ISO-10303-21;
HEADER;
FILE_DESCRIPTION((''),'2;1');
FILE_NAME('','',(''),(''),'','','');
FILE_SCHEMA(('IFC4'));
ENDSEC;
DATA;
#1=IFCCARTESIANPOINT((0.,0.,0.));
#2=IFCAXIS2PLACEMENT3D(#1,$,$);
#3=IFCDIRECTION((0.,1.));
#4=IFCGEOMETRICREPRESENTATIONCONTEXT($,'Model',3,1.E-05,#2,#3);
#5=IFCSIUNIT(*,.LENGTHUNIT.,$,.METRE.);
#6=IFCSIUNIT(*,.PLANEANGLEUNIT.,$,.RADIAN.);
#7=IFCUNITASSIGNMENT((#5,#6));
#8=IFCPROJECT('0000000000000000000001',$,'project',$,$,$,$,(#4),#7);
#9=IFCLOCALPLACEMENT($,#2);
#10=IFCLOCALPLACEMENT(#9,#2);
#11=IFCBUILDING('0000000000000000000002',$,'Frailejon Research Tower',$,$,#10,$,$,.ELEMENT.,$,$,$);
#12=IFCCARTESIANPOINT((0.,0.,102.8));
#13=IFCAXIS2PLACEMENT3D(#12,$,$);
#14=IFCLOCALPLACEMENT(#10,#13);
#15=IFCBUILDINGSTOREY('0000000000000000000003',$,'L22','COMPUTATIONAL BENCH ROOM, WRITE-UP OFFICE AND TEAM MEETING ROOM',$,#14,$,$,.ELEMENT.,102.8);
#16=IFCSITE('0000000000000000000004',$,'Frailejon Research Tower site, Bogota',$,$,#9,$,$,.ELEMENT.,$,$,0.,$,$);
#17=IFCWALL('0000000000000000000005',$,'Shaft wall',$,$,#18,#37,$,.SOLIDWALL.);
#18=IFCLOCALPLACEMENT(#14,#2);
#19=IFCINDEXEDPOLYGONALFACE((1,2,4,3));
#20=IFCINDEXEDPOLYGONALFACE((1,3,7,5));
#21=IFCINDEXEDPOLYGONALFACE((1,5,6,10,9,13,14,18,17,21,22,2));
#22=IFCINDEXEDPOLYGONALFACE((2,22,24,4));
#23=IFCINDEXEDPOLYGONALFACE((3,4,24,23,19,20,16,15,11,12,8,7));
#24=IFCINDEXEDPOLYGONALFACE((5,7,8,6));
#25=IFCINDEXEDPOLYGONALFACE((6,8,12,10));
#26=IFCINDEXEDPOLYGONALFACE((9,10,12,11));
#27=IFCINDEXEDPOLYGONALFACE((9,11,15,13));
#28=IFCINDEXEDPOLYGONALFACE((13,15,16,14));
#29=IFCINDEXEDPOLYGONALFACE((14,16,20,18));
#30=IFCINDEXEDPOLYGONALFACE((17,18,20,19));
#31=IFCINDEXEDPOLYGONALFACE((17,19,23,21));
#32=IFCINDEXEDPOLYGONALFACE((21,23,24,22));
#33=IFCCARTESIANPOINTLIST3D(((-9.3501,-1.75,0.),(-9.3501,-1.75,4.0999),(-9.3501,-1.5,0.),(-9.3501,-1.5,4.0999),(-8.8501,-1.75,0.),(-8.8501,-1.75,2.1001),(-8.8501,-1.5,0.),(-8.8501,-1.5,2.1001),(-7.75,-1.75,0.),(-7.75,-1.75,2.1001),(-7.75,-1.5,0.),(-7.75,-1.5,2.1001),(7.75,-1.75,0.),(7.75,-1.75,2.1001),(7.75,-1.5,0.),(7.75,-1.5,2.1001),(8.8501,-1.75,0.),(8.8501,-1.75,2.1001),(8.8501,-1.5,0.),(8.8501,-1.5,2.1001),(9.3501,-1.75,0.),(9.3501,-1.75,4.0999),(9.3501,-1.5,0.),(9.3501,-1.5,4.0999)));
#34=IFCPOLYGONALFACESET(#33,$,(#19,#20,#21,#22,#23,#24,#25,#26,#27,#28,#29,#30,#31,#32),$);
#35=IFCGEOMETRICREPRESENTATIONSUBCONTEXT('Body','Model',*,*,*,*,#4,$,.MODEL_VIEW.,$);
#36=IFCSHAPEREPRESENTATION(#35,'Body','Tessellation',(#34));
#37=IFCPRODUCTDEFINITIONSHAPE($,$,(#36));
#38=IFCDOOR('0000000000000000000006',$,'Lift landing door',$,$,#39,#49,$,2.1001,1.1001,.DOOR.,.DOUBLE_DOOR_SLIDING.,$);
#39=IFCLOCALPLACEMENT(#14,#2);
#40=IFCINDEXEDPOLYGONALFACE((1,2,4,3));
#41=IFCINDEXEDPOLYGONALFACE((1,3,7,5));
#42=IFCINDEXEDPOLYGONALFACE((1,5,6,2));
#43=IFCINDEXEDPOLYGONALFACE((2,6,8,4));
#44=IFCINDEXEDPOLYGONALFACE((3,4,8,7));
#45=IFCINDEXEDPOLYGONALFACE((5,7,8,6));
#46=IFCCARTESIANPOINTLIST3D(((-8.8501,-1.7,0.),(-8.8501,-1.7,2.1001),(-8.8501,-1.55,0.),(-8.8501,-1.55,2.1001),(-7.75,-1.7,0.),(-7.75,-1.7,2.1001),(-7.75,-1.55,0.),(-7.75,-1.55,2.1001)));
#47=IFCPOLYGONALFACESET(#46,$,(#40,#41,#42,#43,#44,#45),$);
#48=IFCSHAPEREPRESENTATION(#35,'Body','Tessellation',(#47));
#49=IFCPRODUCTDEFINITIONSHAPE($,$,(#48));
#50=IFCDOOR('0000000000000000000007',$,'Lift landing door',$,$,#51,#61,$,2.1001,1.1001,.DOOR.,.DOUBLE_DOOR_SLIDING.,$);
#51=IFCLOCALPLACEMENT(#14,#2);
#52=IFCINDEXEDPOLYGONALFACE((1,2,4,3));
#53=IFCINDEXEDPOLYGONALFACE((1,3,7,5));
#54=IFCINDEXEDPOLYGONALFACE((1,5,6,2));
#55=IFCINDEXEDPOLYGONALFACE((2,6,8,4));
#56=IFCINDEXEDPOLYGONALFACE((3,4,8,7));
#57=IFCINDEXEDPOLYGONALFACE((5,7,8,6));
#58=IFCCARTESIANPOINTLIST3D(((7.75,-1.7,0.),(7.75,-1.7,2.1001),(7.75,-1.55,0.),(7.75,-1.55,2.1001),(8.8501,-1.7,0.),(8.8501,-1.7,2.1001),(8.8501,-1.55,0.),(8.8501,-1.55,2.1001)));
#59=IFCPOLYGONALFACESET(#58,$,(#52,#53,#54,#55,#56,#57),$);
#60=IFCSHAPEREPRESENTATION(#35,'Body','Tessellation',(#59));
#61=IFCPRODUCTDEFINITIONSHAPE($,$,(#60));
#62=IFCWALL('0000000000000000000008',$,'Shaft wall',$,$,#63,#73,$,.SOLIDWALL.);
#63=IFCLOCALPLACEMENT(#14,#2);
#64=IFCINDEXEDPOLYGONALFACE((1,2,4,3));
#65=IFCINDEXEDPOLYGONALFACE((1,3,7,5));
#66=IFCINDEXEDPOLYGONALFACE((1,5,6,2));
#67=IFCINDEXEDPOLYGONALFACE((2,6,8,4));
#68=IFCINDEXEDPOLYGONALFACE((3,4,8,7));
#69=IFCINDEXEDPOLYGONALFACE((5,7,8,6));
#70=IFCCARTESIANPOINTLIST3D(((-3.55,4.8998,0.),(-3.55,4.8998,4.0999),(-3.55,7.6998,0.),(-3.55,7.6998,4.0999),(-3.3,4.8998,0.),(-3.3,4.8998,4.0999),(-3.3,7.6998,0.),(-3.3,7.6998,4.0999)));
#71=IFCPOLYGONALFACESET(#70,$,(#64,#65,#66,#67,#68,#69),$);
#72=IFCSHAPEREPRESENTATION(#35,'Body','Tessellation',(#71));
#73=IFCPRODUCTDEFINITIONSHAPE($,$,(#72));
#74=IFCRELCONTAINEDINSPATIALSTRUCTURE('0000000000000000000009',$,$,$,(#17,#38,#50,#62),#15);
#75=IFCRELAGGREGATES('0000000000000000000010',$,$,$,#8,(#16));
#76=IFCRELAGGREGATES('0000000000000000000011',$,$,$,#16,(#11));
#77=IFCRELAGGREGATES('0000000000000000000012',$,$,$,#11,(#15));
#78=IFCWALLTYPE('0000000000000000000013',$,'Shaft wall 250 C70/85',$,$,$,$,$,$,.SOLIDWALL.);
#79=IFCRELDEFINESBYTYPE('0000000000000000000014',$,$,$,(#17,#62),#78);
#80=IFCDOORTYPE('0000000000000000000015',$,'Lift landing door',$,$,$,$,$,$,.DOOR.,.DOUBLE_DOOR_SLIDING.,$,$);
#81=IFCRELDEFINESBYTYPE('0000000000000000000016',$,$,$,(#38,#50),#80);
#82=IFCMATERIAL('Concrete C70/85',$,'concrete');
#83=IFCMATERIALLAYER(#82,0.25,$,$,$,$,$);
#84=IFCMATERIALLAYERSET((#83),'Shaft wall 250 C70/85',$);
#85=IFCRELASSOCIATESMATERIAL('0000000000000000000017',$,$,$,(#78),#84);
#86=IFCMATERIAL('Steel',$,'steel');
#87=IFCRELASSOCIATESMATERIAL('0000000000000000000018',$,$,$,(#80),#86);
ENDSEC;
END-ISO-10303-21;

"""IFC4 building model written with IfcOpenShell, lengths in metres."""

from ifc_helpers import new_model, si_unit, direction, frame, frame_2d, origin, place, context, subcontext, project, spatial, rectangle, extrude, material, layer, layer_set, type_object, element, fill, save


model = new_model("IFC4")

# Units and contexts
model_context = context("Model", 3, precision=1e-05, world=origin(), true_north=direction((0.0, 1.0)))
body_context = subcontext(model_context, "Body", "Model", "MODEL_VIEW")
ifc_project = project(units=[si_unit("LENGTHUNIT", "METRE"), si_unit("PLANEANGLEUNIT", "RADIAN")], contexts=[model_context])

# Site, building, storey
site_placement = place(None, origin())
site = spatial("IfcSite", under=ifc_project, at=site_placement, Name="Frailejon Research Tower site, Bogota", CompositionType="ELEMENT", RefElevation=0.0)
building_placement = place(site_placement, origin())
building = spatial("IfcBuilding", under=site, at=building_placement, Name="Frailejon Research Tower", CompositionType="ELEMENT")
storey_placement = place(building_placement, frame((0.0, 0.0, 102.8)))
storey = spatial("IfcBuildingStorey", under=building, at=storey_placement, Name="L22", Description="COMPUTATIONAL BENCH ROOM, WRITE-UP OFFICE AND TEAM MEETING ROOM", CompositionType="ELEMENT", Elevation=102.8)

# Shared definitions
ifc_material_1 = material(Name="Concrete C70/85", Category="concrete")
ifc_layer_1 = layer(ifc_material_1, 0.25)
ifc_layer_set_1 = layer_set([ifc_layer_1], Name="Shaft wall 250 C70/85")
wall_type_1 = type_object("IfcWallType", Name="Shaft wall 250 C70/85", PredefinedType="SOLIDWALL", material=ifc_layer_set_1)
ifc_material_2 = material(Name="Steel", Category="steel")
door_type = type_object("IfcDoorType", Name="Lift landing door", OperationType="DOUBLE_DOOR_SLIDING", PredefinedType="DOOR", material=ifc_material_2)

# Wall, openings, doors
wall_1_placement = place(storey_placement, frame((-9.3501, -1.625, 0.0), z_axis=(0.0, 0.0, 1.0), x_axis=(1.0, 0.0, 0.0)))
wall_1 = element("IfcWall", 1, at=wall_1_placement, inside=storey, type_object=wall_type_1, Name="Shaft wall", PredefinedType="SOLIDWALL", context=body_context, shape_type="SweptSolid", body=[
    extrude(rectangle(XDim=18.7002, YDim=0.25, at=frame_2d((9.3501, 0.0))), origin(), (0.0, 0.0, 1.0), 4.0999),
])
opening_1_placement = place(wall_1_placement, frame((0.5, 0.0, 0.0)))
opening_1 = element("IfcOpeningElement", 2, at=opening_1_placement, cuts=wall_1, PredefinedType="OPENING", context=body_context, shape_type="SweptSolid", body=[
    extrude(rectangle(XDim=1.1001, YDim=2.1001, at=frame_2d((0.55, 1.05))), frame((0.0, 0.135, 0.0), z_axis=(0.0, -1.0, 0.0), x_axis=(1.0, 0.0, 0.0)), (0.0, 0.0, 1.0), 0.27),
])
opening_2_placement = place(wall_1_placement, frame((17.1001, 0.0, 0.0)))
opening_2 = element("IfcOpeningElement", 3, at=opening_2_placement, cuts=wall_1, PredefinedType="OPENING", context=body_context, shape_type="SweptSolid", body=[
    extrude(rectangle(XDim=1.1001, YDim=2.1001, at=frame_2d((0.55, 1.05))), frame((0.0, 0.135, 0.0), z_axis=(0.0, -1.0, 0.0), x_axis=(1.0, 0.0, 0.0)), (0.0, 0.0, 1.0), 0.27),
])
door_1_placement = place(opening_1_placement, origin())
door_1 = element("IfcDoor", 4, at=door_1_placement, inside=storey, type_object=door_type, Name="Lift landing door", OperationType="DOUBLE_DOOR_SLIDING", OverallHeight=2.1001, OverallWidth=1.1001, PredefinedType="DOOR", context=body_context, shape_type="SweptSolid", body=[
    extrude(rectangle(XDim=1.1001, YDim=2.1001, at=frame_2d((0.55, 1.05))), frame((0.0, 0.075, 0.0), z_axis=(0.0, -1.0, 0.0), x_axis=(1.0, 0.0, 0.0)), (0.0, 0.0, 1.0), 0.1499),
])
fill(opening_1, door_1)
door_2_placement = place(opening_2_placement, origin())
door_2 = element("IfcDoor", 5, at=door_2_placement, inside=storey, type_object=door_type, Name="Lift landing door", OperationType="DOUBLE_DOOR_SLIDING", OverallHeight=2.1001, OverallWidth=1.1001, PredefinedType="DOOR", context=body_context, shape_type="SweptSolid", body=[
    extrude(rectangle(XDim=1.1001, YDim=2.1001, at=frame_2d((0.55, 1.05))), frame((0.0, 0.075, 0.0), z_axis=(0.0, -1.0, 0.0), x_axis=(1.0, 0.0, 0.0)), (0.0, 0.0, 1.0), 0.1499),
])
fill(opening_2, door_2)

# Wall
wall_2_placement = place(storey_placement, frame((-3.425, 4.8999, 0.0), z_axis=(0.0, 0.0, 1.0), x_axis=(0.0, 1.0, 0.0)))
element("IfcWall", 6, at=wall_2_placement, inside=storey, type_object=wall_type_1, Name="Shaft wall", PredefinedType="SOLIDWALL", context=body_context, shape_type="SweptSolid", body=[
    extrude(rectangle(XDim=2.8, YDim=0.25, at=frame_2d((1.3999, 0.0))), origin(), (0.0, 0.0, 1.0), 4.0999),
])

save(model, "model.ifc")
